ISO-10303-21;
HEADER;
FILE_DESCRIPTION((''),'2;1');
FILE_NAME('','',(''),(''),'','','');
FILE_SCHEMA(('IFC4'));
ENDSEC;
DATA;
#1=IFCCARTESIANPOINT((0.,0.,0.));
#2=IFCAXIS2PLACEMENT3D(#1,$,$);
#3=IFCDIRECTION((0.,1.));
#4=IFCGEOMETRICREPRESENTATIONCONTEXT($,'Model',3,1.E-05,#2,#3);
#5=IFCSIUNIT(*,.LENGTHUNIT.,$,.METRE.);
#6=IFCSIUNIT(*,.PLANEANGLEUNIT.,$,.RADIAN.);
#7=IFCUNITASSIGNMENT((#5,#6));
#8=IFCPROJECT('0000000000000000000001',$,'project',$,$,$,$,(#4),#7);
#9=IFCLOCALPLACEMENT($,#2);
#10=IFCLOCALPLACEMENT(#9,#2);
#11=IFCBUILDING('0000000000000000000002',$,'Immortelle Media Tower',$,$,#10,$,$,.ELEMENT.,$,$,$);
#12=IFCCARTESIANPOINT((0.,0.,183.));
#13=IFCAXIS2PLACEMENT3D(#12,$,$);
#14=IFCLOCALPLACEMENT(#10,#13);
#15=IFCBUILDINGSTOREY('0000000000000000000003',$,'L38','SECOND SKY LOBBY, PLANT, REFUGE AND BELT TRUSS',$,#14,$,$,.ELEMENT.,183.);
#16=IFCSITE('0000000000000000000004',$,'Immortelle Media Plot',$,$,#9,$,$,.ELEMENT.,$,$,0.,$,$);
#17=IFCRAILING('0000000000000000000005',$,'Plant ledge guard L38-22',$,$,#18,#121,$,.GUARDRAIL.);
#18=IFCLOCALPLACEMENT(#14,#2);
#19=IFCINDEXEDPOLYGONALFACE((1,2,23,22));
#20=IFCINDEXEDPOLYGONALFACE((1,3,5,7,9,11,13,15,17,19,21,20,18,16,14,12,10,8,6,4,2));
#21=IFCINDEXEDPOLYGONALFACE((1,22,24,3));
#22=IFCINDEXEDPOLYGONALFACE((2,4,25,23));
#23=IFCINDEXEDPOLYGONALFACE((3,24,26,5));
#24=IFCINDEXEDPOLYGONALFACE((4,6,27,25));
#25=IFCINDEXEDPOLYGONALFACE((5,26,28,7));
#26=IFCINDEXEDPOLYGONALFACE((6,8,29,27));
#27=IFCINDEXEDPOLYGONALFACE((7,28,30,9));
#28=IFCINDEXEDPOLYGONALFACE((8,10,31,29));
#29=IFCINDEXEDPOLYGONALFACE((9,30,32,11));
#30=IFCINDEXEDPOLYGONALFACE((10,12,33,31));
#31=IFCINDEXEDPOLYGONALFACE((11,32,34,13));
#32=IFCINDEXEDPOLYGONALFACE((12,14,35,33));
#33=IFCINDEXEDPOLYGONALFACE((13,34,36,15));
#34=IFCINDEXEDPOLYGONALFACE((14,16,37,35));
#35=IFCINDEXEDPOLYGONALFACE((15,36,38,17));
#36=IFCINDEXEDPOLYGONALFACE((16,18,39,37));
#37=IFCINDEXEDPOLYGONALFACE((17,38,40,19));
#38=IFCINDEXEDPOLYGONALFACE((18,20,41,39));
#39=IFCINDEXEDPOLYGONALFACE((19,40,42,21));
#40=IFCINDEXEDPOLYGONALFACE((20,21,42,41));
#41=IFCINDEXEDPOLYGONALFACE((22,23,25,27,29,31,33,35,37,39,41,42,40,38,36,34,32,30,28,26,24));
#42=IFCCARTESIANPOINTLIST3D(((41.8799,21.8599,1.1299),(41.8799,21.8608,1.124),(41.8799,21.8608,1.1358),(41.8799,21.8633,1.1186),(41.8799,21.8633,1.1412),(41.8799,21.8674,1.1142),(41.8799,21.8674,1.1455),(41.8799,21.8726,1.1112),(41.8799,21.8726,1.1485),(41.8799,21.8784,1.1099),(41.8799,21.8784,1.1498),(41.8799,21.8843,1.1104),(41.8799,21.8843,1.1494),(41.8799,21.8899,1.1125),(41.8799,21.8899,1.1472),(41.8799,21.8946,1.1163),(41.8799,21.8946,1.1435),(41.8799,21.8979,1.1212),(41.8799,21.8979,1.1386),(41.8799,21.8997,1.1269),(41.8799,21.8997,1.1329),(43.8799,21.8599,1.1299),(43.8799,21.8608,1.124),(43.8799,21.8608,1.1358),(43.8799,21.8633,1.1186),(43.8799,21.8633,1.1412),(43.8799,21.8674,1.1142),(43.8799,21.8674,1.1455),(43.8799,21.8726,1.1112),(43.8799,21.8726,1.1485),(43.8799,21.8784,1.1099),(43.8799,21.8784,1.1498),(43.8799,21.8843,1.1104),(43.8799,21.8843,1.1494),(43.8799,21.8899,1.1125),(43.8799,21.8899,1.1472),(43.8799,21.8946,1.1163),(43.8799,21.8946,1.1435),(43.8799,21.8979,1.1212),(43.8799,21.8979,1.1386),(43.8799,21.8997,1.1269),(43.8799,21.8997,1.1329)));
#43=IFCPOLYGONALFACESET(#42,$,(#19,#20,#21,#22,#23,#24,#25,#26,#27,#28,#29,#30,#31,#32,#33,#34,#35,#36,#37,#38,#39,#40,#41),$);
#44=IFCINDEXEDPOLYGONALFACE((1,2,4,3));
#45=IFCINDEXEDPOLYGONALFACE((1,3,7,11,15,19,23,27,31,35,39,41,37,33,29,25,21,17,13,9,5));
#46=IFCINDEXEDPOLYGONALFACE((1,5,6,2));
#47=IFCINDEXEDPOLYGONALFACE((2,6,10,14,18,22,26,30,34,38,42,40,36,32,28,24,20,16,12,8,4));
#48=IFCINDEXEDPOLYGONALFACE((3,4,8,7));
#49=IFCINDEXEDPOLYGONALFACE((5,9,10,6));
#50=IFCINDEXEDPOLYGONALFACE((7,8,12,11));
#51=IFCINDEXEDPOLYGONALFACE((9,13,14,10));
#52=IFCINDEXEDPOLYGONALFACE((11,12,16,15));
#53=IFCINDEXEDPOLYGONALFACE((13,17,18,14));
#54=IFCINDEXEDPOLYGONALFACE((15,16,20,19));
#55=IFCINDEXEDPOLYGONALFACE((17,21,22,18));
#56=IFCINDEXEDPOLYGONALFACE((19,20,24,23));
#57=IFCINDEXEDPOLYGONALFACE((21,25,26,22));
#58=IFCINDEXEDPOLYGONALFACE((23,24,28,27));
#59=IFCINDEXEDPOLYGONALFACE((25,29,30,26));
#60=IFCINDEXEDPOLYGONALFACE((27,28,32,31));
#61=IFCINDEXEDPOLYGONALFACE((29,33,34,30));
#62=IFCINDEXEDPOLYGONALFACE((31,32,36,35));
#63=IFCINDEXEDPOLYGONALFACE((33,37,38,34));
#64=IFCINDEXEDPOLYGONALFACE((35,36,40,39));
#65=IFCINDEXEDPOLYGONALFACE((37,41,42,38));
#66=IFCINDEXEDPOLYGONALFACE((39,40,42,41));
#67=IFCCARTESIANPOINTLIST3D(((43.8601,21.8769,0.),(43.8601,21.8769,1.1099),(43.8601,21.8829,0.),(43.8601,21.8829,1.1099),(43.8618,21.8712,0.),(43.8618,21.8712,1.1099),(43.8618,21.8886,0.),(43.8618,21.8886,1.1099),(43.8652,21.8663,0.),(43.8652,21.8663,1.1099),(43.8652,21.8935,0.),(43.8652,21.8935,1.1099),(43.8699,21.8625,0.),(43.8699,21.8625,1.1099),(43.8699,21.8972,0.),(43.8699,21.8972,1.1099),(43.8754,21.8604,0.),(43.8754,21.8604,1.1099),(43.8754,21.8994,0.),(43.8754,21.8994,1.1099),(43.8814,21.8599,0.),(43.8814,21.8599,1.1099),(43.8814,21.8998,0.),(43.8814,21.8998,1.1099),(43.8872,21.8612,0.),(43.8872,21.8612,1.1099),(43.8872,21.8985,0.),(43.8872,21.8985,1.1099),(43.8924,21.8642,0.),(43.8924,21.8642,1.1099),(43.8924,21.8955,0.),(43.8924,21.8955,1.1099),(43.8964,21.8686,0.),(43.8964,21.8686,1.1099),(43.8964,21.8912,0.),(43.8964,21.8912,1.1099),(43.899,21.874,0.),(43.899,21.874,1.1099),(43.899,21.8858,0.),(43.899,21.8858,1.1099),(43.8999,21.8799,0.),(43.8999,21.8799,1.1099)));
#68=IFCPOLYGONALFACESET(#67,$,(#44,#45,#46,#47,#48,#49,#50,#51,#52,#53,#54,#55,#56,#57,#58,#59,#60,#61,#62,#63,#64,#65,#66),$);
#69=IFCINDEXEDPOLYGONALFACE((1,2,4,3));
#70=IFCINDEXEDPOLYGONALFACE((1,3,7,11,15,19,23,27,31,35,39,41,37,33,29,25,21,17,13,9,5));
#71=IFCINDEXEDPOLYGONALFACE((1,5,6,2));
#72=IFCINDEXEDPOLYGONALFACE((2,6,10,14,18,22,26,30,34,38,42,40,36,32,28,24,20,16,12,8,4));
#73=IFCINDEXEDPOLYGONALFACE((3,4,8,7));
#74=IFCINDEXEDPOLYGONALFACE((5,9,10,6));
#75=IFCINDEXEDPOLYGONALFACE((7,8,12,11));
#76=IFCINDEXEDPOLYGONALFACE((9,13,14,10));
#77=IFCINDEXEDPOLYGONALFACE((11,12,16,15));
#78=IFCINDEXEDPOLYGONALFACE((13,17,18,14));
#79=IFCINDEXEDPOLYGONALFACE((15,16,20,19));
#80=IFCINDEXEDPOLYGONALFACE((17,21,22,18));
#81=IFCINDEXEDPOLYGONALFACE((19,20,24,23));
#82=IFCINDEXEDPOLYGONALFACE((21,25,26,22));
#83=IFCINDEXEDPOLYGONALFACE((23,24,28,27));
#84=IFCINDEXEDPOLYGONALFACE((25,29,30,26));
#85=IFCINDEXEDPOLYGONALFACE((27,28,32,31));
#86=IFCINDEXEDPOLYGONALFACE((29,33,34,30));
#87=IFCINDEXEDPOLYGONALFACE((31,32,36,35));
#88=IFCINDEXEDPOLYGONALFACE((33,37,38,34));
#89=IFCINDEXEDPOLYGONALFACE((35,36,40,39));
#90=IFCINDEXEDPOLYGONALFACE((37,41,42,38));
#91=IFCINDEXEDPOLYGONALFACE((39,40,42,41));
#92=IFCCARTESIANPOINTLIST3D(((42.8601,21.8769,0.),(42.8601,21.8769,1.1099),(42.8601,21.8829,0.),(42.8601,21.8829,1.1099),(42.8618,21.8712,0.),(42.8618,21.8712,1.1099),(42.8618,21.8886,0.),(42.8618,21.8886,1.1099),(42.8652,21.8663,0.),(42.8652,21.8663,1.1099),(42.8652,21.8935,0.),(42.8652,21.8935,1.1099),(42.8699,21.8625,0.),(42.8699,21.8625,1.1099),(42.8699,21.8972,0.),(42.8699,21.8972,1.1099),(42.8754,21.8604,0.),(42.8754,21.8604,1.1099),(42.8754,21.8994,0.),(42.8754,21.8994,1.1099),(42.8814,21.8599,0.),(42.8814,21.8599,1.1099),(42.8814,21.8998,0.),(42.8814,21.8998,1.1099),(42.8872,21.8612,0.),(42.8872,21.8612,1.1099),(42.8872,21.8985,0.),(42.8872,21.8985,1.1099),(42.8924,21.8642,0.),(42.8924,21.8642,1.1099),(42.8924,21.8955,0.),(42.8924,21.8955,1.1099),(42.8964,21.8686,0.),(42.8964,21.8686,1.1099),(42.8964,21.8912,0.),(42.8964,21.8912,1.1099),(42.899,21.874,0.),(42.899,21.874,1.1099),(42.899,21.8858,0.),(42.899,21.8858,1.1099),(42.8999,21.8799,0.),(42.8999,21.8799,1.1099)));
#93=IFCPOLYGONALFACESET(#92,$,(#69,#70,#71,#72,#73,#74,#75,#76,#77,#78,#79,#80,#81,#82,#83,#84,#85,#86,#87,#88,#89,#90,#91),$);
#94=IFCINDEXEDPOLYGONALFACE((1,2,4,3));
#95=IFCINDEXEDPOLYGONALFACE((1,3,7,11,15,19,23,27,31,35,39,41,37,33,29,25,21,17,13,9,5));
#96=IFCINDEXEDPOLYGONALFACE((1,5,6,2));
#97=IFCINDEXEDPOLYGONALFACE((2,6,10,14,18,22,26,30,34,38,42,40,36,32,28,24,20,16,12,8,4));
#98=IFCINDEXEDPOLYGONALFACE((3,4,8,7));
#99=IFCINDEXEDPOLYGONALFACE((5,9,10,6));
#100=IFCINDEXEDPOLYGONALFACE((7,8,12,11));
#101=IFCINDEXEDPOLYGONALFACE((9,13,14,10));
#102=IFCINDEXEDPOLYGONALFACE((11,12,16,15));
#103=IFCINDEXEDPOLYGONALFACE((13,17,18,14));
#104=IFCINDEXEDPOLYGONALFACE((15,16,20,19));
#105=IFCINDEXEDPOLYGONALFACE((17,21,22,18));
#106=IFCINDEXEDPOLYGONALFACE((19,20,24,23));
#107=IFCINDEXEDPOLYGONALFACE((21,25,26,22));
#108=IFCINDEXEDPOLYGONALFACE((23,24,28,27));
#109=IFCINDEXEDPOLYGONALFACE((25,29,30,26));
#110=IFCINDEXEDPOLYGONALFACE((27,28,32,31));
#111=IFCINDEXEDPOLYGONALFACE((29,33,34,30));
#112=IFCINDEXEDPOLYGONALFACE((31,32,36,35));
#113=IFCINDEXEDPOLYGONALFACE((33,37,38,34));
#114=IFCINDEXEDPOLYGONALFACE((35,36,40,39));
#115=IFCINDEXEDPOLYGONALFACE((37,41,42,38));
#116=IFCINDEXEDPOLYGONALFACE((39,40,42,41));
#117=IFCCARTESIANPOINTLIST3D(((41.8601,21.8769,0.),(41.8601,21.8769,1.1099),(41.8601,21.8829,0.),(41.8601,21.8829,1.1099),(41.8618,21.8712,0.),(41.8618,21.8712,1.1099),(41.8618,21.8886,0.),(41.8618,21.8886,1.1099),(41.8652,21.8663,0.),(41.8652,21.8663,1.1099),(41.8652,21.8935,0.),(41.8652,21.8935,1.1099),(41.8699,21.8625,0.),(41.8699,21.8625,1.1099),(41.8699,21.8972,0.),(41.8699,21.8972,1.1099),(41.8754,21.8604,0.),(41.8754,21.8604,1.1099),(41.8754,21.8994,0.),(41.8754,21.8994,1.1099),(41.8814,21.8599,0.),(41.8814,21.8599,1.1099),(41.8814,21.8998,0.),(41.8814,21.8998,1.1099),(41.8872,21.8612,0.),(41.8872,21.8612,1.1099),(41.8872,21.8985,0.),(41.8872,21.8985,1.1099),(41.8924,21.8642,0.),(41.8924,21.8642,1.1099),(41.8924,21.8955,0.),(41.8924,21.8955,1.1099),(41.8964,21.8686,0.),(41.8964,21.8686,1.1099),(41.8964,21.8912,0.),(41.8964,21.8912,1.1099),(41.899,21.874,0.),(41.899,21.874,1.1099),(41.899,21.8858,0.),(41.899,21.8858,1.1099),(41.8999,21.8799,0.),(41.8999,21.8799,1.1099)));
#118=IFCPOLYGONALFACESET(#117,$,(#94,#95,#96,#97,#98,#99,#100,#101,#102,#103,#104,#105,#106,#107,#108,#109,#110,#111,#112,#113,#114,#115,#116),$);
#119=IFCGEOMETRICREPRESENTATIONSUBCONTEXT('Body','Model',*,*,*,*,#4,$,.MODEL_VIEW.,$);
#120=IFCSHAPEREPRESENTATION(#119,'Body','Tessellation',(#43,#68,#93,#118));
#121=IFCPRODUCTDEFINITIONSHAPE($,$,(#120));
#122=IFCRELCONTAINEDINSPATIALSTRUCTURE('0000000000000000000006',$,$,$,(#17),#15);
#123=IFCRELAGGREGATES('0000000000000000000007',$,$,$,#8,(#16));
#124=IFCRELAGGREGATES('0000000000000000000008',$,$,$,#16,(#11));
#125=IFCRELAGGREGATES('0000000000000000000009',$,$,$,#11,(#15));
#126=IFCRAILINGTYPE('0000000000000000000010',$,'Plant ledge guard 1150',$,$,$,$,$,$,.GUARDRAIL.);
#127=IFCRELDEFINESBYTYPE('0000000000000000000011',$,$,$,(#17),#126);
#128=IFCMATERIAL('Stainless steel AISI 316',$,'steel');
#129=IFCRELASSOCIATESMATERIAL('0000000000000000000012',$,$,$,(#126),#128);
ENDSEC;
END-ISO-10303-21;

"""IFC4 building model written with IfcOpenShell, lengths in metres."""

from ifc_helpers import new_model, si_unit, direction, frame, origin, origin_2d, place, context, subcontext, project, spatial, circle, extrude, material, type_object, element, save


model = new_model("IFC4")

# Units and contexts
model_context = context("Model", 3, precision=1e-05, world=origin(), true_north=direction((0.0, 1.0)))
body_context = subcontext(model_context, "Body", "Model", "MODEL_VIEW")
ifc_project = project(units=[si_unit("LENGTHUNIT", "METRE"), si_unit("PLANEANGLEUNIT", "RADIAN")], contexts=[model_context])

# Site, building, storey
site_placement = place(None, origin())
site = spatial("IfcSite", under=ifc_project, at=site_placement, Name="Immortelle Media Plot", CompositionType="ELEMENT", RefElevation=0.0)
building_placement = place(site_placement, origin())
building = spatial("IfcBuilding", under=site, at=building_placement, Name="Immortelle Media Tower", CompositionType="ELEMENT")
storey_placement = place(building_placement, frame((0.0, 0.0, 183.0)))
storey = spatial("IfcBuildingStorey", under=building, at=storey_placement, Name="L38", Description="SECOND SKY LOBBY, PLANT, REFUGE AND BELT TRUSS", CompositionType="ELEMENT", Elevation=183.0)

# Railing
ifc_material_1 = material(Name="Stainless steel AISI 316", Category="steel")
railing_type = type_object("IfcRailingType", Name="Plant ledge guard 1150", PredefinedType="GUARDRAIL", material=ifc_material_1)
railing_1_placement = place(storey_placement, frame((43.8799, 21.8799, 0.0)))
element("IfcRailing", 1, at=railing_1_placement, inside=storey, type_object=railing_type, Name="Plant ledge guard L38-22", PredefinedType="GUARDRAIL", context=body_context, shape_type="SweptSolid", body=[
    extrude(circle(Radius=0.02, at=origin_2d()), frame((0.0, 0.0, 1.1299), z_axis=(-1.0, 0.0, 0.0), x_axis=(0.0, -1.0, 0.0)), (0.0, 0.0, 1.0), 2.0),
    extrude(circle(Radius=0.02, at=origin_2d()), origin(), (0.0, 0.0, 1.0), 1.1099),
    extrude(circle(Radius=0.02, at=origin_2d()), frame((-1.0, 0.0, 0.0)), (0.0, 0.0, 1.0), 1.1099),
    extrude(circle(Radius=0.02, at=origin_2d()), frame((-2.0, 0.0, 0.0)), (0.0, 0.0, 1.0), 1.1099),
])

save(model, "model.ifc")
